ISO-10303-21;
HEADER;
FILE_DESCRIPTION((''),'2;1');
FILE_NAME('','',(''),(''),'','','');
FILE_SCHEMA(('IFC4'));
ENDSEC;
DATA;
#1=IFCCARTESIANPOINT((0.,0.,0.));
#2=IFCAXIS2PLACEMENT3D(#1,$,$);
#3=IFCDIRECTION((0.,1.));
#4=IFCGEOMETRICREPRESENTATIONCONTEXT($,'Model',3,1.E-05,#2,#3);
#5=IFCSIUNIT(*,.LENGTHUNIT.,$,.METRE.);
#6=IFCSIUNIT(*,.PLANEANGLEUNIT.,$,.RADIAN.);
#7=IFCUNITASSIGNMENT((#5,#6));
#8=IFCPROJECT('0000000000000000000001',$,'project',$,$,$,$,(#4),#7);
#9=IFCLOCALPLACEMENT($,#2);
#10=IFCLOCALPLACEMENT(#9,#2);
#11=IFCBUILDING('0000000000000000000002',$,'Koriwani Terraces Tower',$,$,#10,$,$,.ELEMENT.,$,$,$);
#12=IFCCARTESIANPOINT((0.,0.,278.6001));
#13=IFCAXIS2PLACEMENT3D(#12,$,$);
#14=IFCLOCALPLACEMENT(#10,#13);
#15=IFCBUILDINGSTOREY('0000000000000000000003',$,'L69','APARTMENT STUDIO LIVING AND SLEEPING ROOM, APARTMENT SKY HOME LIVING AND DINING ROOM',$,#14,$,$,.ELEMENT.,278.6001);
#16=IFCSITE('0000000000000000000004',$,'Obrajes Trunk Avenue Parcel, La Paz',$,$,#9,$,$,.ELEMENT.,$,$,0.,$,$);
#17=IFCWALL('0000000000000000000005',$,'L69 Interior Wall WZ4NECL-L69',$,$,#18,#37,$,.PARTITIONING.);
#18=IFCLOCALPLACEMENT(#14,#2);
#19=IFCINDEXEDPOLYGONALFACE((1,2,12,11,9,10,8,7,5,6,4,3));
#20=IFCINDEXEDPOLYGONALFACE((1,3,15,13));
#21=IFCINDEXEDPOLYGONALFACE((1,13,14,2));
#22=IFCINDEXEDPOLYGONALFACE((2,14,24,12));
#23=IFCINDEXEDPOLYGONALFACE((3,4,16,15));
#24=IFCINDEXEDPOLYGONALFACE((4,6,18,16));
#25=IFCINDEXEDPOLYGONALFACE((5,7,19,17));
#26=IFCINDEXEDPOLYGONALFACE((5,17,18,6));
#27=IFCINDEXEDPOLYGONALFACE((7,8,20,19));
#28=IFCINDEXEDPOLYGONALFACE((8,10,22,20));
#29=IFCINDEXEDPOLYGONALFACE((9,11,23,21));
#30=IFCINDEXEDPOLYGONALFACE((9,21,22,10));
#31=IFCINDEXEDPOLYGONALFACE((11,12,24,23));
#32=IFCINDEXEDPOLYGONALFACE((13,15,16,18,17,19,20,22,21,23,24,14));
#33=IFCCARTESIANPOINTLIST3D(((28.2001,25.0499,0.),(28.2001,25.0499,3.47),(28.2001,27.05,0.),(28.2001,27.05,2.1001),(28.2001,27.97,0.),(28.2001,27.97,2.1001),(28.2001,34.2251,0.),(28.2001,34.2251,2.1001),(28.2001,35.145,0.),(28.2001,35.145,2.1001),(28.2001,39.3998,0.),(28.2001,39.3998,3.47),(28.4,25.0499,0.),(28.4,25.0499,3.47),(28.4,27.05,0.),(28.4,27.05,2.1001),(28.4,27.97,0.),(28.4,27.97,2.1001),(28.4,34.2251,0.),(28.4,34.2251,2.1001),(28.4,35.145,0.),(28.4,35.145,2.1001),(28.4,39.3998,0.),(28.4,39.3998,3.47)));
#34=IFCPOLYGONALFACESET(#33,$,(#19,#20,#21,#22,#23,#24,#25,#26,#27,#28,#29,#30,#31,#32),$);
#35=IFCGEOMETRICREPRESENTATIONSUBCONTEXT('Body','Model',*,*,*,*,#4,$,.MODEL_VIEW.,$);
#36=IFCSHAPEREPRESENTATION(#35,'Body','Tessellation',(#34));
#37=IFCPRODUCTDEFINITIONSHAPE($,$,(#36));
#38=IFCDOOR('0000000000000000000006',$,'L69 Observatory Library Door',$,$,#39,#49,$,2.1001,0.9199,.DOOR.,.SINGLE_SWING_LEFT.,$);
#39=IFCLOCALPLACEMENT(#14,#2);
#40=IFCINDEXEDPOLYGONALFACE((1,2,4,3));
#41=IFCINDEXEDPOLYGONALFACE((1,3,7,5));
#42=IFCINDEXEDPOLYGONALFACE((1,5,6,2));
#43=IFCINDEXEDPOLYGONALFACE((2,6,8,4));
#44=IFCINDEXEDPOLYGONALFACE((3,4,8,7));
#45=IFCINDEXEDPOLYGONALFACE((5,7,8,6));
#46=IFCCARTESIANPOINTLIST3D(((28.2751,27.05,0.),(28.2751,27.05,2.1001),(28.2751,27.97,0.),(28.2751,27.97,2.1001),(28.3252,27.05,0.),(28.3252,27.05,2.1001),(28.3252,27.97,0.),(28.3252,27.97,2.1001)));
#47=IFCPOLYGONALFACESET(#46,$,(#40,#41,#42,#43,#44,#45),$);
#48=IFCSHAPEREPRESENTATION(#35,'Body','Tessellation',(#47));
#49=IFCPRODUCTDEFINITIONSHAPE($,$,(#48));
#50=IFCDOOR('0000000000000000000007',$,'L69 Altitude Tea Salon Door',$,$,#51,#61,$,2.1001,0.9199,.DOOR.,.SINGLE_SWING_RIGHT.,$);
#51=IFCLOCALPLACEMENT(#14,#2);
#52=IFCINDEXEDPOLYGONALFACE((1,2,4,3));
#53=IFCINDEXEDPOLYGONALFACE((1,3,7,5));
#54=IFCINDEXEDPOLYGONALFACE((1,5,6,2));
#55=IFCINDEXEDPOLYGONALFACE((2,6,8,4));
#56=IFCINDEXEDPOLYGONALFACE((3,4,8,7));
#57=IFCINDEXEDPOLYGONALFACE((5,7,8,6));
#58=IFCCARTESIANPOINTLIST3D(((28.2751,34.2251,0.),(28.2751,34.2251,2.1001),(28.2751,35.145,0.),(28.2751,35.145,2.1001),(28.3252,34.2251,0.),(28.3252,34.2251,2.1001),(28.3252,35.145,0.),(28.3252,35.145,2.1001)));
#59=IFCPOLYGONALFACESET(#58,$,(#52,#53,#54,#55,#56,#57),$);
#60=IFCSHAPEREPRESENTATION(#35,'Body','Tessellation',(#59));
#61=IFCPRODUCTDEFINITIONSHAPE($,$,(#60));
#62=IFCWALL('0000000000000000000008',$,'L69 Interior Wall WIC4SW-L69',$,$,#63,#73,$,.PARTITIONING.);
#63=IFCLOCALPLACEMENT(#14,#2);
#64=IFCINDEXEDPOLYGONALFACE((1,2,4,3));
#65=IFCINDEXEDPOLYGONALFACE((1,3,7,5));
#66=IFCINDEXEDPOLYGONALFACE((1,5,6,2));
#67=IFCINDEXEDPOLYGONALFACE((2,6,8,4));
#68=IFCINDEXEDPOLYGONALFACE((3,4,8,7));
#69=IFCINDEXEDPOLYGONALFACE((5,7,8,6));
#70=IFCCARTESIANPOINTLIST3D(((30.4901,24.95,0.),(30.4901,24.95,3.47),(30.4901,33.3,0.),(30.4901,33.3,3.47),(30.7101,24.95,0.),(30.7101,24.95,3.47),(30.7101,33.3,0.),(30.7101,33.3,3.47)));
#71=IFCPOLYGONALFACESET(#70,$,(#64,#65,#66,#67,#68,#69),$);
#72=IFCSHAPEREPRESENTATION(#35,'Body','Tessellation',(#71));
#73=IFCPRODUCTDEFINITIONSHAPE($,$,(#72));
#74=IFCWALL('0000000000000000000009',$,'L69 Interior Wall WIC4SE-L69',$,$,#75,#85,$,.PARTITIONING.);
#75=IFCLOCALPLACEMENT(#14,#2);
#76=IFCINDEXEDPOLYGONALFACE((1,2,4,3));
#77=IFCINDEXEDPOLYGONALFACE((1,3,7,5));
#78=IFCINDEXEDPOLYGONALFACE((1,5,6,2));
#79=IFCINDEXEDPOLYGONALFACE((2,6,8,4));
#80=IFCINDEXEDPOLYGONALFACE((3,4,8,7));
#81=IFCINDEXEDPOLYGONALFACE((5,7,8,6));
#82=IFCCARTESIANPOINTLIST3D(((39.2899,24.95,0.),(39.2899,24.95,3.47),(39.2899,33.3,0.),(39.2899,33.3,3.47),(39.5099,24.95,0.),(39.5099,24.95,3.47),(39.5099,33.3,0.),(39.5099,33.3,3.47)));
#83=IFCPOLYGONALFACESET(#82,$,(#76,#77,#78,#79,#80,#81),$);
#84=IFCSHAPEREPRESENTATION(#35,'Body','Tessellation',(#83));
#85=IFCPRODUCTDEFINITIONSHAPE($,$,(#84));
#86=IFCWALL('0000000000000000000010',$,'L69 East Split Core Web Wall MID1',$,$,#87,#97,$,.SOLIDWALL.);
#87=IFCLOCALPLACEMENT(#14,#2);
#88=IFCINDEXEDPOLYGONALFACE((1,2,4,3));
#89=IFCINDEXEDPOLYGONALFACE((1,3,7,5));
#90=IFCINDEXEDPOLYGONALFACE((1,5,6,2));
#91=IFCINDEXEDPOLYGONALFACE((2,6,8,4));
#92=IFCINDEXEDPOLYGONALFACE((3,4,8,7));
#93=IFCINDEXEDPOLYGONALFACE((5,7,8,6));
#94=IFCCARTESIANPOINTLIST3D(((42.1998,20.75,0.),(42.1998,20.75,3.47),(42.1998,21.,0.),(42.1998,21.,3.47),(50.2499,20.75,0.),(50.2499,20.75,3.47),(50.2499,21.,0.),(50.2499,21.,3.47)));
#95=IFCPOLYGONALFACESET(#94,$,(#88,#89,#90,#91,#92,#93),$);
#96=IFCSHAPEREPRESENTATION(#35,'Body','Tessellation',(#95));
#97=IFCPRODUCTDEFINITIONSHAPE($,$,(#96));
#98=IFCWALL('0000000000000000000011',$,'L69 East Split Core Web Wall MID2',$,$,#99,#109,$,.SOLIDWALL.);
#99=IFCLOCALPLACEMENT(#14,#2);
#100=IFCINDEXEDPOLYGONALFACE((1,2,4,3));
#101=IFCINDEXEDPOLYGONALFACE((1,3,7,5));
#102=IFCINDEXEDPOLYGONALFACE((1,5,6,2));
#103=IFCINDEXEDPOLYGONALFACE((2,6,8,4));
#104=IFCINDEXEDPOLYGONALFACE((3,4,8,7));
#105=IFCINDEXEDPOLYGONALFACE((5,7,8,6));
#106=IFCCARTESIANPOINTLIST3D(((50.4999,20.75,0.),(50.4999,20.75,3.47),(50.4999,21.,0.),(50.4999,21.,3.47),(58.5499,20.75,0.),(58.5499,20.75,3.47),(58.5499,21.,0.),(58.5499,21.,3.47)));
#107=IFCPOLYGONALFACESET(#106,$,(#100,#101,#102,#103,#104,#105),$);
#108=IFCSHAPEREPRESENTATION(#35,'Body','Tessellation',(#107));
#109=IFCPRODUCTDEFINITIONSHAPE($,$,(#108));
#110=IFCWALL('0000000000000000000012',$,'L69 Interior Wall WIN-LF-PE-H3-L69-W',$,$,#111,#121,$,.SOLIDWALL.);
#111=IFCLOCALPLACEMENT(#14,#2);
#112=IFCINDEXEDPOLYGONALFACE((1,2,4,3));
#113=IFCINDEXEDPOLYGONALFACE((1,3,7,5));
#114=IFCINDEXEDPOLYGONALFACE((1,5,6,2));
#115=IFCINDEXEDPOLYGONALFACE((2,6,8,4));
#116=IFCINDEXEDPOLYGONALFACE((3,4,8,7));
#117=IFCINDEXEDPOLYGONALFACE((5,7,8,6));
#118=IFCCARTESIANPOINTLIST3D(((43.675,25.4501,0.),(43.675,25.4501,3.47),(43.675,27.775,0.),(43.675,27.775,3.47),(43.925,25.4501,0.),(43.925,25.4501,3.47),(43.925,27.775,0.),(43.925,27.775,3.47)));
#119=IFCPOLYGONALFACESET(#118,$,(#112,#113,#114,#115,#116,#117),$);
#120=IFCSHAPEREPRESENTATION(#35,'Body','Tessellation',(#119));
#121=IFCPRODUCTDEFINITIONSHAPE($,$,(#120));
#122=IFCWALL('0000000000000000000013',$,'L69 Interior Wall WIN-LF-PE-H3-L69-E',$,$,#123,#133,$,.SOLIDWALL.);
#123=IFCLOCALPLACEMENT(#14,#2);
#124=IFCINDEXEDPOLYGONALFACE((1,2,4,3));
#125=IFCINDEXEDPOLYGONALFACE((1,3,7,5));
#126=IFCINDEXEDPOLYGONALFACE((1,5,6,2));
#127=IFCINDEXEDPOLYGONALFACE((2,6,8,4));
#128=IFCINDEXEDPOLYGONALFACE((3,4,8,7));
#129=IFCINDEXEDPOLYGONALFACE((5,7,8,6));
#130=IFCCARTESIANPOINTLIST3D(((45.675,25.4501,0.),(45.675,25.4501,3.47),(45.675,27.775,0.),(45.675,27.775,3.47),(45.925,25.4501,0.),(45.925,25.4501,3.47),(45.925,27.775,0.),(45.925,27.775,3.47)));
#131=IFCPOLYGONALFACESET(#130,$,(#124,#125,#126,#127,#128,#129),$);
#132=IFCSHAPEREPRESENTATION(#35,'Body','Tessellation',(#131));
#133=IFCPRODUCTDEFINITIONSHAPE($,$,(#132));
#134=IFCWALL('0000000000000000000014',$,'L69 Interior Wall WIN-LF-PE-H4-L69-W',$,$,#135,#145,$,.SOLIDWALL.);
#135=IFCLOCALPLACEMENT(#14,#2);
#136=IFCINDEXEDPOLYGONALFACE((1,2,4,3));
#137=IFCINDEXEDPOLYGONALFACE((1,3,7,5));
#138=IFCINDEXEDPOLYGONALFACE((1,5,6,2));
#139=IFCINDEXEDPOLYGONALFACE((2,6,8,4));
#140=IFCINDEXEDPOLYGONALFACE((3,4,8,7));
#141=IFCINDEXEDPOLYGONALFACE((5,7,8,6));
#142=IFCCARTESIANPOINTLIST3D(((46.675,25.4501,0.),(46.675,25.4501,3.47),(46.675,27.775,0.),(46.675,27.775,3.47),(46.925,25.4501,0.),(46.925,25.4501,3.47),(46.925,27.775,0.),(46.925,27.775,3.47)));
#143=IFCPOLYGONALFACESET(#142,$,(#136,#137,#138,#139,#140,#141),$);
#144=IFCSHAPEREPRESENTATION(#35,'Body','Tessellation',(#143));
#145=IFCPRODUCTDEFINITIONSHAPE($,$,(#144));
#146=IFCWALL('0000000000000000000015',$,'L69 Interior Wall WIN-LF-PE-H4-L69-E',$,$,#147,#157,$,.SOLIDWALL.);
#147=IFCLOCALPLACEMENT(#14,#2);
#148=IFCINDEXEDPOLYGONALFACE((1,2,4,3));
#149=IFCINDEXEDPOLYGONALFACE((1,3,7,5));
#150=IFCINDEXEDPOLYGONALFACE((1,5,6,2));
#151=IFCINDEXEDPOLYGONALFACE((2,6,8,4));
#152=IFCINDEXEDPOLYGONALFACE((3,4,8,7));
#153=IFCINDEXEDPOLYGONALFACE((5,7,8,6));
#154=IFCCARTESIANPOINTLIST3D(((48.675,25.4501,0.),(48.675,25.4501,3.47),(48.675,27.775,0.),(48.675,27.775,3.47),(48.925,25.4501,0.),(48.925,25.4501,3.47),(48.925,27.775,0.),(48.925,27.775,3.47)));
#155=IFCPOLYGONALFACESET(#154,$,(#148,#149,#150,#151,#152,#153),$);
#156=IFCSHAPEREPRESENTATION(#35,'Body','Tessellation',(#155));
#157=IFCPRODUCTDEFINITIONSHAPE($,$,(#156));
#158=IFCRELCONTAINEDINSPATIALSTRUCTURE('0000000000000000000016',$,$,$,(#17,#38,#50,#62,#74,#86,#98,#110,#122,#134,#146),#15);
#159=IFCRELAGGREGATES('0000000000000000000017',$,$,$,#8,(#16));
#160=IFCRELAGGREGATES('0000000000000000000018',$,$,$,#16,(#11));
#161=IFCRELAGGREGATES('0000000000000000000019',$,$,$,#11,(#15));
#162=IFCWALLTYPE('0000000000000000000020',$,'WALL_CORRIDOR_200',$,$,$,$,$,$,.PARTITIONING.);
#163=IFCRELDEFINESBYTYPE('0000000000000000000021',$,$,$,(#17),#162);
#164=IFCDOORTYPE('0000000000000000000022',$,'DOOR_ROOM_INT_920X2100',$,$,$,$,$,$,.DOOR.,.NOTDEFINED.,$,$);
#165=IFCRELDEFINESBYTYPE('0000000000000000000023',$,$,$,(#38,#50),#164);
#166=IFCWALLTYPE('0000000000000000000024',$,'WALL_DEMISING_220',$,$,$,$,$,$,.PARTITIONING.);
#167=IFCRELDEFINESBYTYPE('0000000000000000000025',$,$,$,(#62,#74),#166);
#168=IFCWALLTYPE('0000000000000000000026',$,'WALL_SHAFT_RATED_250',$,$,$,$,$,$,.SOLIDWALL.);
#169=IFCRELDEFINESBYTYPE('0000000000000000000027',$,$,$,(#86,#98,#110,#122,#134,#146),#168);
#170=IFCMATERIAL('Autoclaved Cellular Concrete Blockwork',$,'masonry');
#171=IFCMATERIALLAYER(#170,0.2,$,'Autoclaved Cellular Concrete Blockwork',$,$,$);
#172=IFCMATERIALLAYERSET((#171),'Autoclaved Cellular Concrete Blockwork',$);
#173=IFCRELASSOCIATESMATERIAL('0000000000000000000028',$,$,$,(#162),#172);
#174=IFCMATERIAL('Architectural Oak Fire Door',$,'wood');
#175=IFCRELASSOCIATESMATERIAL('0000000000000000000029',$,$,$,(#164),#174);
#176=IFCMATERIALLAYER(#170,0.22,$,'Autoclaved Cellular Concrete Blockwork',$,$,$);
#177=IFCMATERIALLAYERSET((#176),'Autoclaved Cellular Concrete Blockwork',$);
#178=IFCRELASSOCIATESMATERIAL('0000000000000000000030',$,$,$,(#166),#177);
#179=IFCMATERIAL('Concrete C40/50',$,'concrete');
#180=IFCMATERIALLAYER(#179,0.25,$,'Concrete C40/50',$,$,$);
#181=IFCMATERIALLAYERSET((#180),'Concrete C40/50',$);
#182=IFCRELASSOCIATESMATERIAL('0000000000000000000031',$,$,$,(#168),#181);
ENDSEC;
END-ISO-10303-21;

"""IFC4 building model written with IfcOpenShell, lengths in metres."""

from ifc_helpers import new_model, si_unit, direction, frame, frame_2d, origin, place, context, subcontext, project, spatial, rectangle, extrude, material, layer, layer_set, type_object, element, fill, save


model = new_model("IFC4")

# Units and contexts
model_context = context("Model", 3, precision=1e-05, world=origin(), true_north=direction((0.0, 1.0)))
body_context = subcontext(model_context, "Body", "Model", "MODEL_VIEW")
ifc_project = project(units=[si_unit("LENGTHUNIT", "METRE"), si_unit("PLANEANGLEUNIT", "RADIAN")], contexts=[model_context])

# Site, building, storey
site_placement = place(None, origin())
site = spatial("IfcSite", under=ifc_project, at=site_placement, Name="Obrajes Trunk Avenue Parcel, La Paz", CompositionType="ELEMENT", RefElevation=0.0)
building_placement = place(site_placement, origin())
building = spatial("IfcBuilding", under=site, at=building_placement, Name="Koriwani Terraces Tower", CompositionType="ELEMENT")
storey_placement = place(building_placement, frame((0.0, 0.0, 278.6001)))
storey = spatial("IfcBuildingStorey", under=building, at=storey_placement, Name="L69", Description="APARTMENT STUDIO LIVING AND SLEEPING ROOM, APARTMENT SKY HOME LIVING AND DINING ROOM", CompositionType="ELEMENT", Elevation=278.6001)

# Shared definitions
ifc_material_1 = material(Name="Autoclaved Cellular Concrete Blockwork", Category="masonry")
ifc_layer_1 = layer(ifc_material_1, 0.2, Name="Autoclaved Cellular Concrete Blockwork")
ifc_layer_set_1 = layer_set([ifc_layer_1], Name="Autoclaved Cellular Concrete Blockwork")
wall_type_1 = type_object("IfcWallType", Name="WALL_CORRIDOR_200", PredefinedType="PARTITIONING", material=ifc_layer_set_1)
ifc_material_2 = material(Name="Architectural Oak Fire Door", Category="wood")
door_type_1 = type_object("IfcDoorType", Name="DOOR_ROOM_INT_920X2100", OperationType="NOTDEFINED", PredefinedType="DOOR", material=ifc_material_2)

# Wall, openings, doors
wall_1_placement = place(storey_placement, frame((28.3, 25.05, 0.0), z_axis=(0.0, 0.0, 1.0), x_axis=(0.0, 1.0, 0.0)))
wall_1 = element("IfcWall", 1, at=wall_1_placement, inside=storey, type_object=wall_type_1, Name="L69 Interior Wall WZ4NECL-L69", PredefinedType="PARTITIONING", context=body_context, shape_type="SweptSolid", body=[
    extrude(rectangle(XDim=14.3499, YDim=0.2, at=frame_2d((7.1748, 0.0))), origin(), (0.0, 0.0, 1.0), 3.47),
])
opening_1_placement = place(wall_1_placement, frame((2.0, 0.0, 0.0)))
opening_1 = element("IfcOpeningElement", 2, at=opening_1_placement, cuts=wall_1, PredefinedType="OPENING", context=body_context, shape_type="SweptSolid", body=[
    extrude(rectangle(XDim=0.9199, YDim=2.1001, at=frame_2d((0.46, 1.05))), frame((0.0, 0.1099, 0.0), z_axis=(0.0, -1.0, 0.0), x_axis=(1.0, 0.0, 0.0)), (0.0, 0.0, 1.0), 0.22),
])
opening_2_placement = place(wall_1_placement, frame((9.175, 0.0, 0.0)))
opening_2 = element("IfcOpeningElement", 3, at=opening_2_placement, cuts=wall_1, PredefinedType="OPENING", context=body_context, shape_type="SweptSolid", body=[
    extrude(rectangle(XDim=0.9199, YDim=2.1001, at=frame_2d((0.46, 1.05))), frame((0.0, 0.1099, 0.0), z_axis=(0.0, -1.0, 0.0), x_axis=(1.0, 0.0, 0.0)), (0.0, 0.0, 1.0), 0.22),
])
door_1_placement = place(opening_1_placement, origin())
door_1 = element("IfcDoor", 4, at=door_1_placement, inside=storey, type_object=door_type_1, Name="L69 Observatory Library Door", OperationType="SINGLE_SWING_LEFT", OverallHeight=2.1001, OverallWidth=0.9199, PredefinedType="DOOR", context=body_context, shape_type="SweptSolid", body=[
    extrude(rectangle(XDim=0.9199, YDim=2.1001, at=frame_2d((0.46, 1.05))), frame((0.0, 0.0249, 0.0), z_axis=(0.0, -1.0, 0.0), x_axis=(1.0, 0.0, 0.0)), (0.0, 0.0, 1.0), 0.05),
])
fill(opening_1, door_1)
door_2_placement = place(opening_2_placement, origin())
door_2 = element("IfcDoor", 5, at=door_2_placement, inside=storey, type_object=door_type_1, Name="L69 Altitude Tea Salon Door", OperationType="SINGLE_SWING_RIGHT", OverallHeight=2.1001, OverallWidth=0.9199, PredefinedType="DOOR", context=body_context, shape_type="SweptSolid", body=[
    extrude(rectangle(XDim=0.9199, YDim=2.1001, at=frame_2d((0.46, 1.05))), frame((0.0, 0.0249, 0.0), z_axis=(0.0, -1.0, 0.0), x_axis=(1.0, 0.0, 0.0)), (0.0, 0.0, 1.0), 0.05),
])
fill(opening_2, door_2)

# Walls
ifc_layer_2 = layer(ifc_material_1, 0.22, Name="Autoclaved Cellular Concrete Blockwork")
ifc_layer_set_2 = layer_set([ifc_layer_2], Name="Autoclaved Cellular Concrete Blockwork")
wall_type_2 = type_object("IfcWallType", Name="WALL_DEMISING_220", PredefinedType="PARTITIONING", material=ifc_layer_set_2)
for number, where, z_axis, x_axis, name in (
    (6, (30.6001, 24.95, 0.0), (0.0, 0.0, 1.0), (0.0, 1.0, 0.0), "L69 Interior Wall WIC4SW-L69"),
    (7, (39.3999, 24.95, 0.0), (0.0, 0.0, 1.0), (0.0, 1.0, 0.0), "L69 Interior Wall WIC4SE-L69"),
):
    element("IfcWall", number, at=place(storey_placement, frame(where, z_axis=z_axis, x_axis=x_axis)), inside=storey, type_object=wall_type_2, Name=name, PredefinedType="PARTITIONING", context=body_context, shape_type="SweptSolid", body=[
        extrude(rectangle(XDim=8.3501, YDim=0.22, at=frame_2d((4.175, 0.0))), origin(), (0.0, 0.0, 1.0), 3.47),
    ])
ifc_material_3 = material(Name="Concrete C40/50", Category="concrete")
ifc_layer_3 = layer(ifc_material_3, 0.25, Name="Concrete C40/50")
ifc_layer_set_3 = layer_set([ifc_layer_3], Name="Concrete C40/50")
wall_type_3 = type_object("IfcWallType", Name="WALL_SHAFT_RATED_250", PredefinedType="SOLIDWALL", material=ifc_layer_set_3)
for number, where, z_axis, x_axis, name in (
    (8, (42.2, 20.875, 0.0), (0.0, 0.0, 1.0), (1.0, 0.0, 0.0), "L69 East Split Core Web Wall MID1"),
    (9, (50.5, 20.875, 0.0), (0.0, 0.0, 1.0), (1.0, 0.0, 0.0), "L69 East Split Core Web Wall MID2"),
):
    element("IfcWall", number, at=place(storey_placement, frame(where, z_axis=z_axis, x_axis=x_axis)), inside=storey, type_object=wall_type_3, Name=name, PredefinedType="SOLIDWALL", context=body_context, shape_type="SweptSolid", body=[
        extrude(rectangle(XDim=8.05, YDim=0.25, at=frame_2d((4.0249, 0.0))), origin(), (0.0, 0.0, 1.0), 3.47),
    ])

# Walls
for number, where, z_axis, x_axis, name in (
    (10, (43.8, 25.45, 0.0), (0.0, 0.0, 1.0), (0.0, 1.0, 0.0), "L69 Interior Wall WIN-LF-PE-H3-L69-W"),
    (11, (45.8, 25.45, 0.0), (0.0, 0.0, 1.0), (0.0, 1.0, 0.0), "L69 Interior Wall WIN-LF-PE-H3-L69-E"),
    (12, (46.8, 25.45, 0.0), (0.0, 0.0, 1.0), (0.0, 1.0, 0.0), "L69 Interior Wall WIN-LF-PE-H4-L69-W"),
    (13, (48.8, 25.45, 0.0), (0.0, 0.0, 1.0), (0.0, 1.0, 0.0), "L69 Interior Wall WIN-LF-PE-H4-L69-E"),
):
    element("IfcWall", number, at=place(storey_placement, frame(where, z_axis=z_axis, x_axis=x_axis)), inside=storey, type_object=wall_type_3, Name=name, PredefinedType="SOLIDWALL", context=body_context, shape_type="SweptSolid", body=[
        extrude(rectangle(XDim=2.325, YDim=0.25, at=frame_2d((1.1626, 0.0))), origin(), (0.0, 0.0, 1.0), 3.47),
    ])

save(model, "model.ifc")
